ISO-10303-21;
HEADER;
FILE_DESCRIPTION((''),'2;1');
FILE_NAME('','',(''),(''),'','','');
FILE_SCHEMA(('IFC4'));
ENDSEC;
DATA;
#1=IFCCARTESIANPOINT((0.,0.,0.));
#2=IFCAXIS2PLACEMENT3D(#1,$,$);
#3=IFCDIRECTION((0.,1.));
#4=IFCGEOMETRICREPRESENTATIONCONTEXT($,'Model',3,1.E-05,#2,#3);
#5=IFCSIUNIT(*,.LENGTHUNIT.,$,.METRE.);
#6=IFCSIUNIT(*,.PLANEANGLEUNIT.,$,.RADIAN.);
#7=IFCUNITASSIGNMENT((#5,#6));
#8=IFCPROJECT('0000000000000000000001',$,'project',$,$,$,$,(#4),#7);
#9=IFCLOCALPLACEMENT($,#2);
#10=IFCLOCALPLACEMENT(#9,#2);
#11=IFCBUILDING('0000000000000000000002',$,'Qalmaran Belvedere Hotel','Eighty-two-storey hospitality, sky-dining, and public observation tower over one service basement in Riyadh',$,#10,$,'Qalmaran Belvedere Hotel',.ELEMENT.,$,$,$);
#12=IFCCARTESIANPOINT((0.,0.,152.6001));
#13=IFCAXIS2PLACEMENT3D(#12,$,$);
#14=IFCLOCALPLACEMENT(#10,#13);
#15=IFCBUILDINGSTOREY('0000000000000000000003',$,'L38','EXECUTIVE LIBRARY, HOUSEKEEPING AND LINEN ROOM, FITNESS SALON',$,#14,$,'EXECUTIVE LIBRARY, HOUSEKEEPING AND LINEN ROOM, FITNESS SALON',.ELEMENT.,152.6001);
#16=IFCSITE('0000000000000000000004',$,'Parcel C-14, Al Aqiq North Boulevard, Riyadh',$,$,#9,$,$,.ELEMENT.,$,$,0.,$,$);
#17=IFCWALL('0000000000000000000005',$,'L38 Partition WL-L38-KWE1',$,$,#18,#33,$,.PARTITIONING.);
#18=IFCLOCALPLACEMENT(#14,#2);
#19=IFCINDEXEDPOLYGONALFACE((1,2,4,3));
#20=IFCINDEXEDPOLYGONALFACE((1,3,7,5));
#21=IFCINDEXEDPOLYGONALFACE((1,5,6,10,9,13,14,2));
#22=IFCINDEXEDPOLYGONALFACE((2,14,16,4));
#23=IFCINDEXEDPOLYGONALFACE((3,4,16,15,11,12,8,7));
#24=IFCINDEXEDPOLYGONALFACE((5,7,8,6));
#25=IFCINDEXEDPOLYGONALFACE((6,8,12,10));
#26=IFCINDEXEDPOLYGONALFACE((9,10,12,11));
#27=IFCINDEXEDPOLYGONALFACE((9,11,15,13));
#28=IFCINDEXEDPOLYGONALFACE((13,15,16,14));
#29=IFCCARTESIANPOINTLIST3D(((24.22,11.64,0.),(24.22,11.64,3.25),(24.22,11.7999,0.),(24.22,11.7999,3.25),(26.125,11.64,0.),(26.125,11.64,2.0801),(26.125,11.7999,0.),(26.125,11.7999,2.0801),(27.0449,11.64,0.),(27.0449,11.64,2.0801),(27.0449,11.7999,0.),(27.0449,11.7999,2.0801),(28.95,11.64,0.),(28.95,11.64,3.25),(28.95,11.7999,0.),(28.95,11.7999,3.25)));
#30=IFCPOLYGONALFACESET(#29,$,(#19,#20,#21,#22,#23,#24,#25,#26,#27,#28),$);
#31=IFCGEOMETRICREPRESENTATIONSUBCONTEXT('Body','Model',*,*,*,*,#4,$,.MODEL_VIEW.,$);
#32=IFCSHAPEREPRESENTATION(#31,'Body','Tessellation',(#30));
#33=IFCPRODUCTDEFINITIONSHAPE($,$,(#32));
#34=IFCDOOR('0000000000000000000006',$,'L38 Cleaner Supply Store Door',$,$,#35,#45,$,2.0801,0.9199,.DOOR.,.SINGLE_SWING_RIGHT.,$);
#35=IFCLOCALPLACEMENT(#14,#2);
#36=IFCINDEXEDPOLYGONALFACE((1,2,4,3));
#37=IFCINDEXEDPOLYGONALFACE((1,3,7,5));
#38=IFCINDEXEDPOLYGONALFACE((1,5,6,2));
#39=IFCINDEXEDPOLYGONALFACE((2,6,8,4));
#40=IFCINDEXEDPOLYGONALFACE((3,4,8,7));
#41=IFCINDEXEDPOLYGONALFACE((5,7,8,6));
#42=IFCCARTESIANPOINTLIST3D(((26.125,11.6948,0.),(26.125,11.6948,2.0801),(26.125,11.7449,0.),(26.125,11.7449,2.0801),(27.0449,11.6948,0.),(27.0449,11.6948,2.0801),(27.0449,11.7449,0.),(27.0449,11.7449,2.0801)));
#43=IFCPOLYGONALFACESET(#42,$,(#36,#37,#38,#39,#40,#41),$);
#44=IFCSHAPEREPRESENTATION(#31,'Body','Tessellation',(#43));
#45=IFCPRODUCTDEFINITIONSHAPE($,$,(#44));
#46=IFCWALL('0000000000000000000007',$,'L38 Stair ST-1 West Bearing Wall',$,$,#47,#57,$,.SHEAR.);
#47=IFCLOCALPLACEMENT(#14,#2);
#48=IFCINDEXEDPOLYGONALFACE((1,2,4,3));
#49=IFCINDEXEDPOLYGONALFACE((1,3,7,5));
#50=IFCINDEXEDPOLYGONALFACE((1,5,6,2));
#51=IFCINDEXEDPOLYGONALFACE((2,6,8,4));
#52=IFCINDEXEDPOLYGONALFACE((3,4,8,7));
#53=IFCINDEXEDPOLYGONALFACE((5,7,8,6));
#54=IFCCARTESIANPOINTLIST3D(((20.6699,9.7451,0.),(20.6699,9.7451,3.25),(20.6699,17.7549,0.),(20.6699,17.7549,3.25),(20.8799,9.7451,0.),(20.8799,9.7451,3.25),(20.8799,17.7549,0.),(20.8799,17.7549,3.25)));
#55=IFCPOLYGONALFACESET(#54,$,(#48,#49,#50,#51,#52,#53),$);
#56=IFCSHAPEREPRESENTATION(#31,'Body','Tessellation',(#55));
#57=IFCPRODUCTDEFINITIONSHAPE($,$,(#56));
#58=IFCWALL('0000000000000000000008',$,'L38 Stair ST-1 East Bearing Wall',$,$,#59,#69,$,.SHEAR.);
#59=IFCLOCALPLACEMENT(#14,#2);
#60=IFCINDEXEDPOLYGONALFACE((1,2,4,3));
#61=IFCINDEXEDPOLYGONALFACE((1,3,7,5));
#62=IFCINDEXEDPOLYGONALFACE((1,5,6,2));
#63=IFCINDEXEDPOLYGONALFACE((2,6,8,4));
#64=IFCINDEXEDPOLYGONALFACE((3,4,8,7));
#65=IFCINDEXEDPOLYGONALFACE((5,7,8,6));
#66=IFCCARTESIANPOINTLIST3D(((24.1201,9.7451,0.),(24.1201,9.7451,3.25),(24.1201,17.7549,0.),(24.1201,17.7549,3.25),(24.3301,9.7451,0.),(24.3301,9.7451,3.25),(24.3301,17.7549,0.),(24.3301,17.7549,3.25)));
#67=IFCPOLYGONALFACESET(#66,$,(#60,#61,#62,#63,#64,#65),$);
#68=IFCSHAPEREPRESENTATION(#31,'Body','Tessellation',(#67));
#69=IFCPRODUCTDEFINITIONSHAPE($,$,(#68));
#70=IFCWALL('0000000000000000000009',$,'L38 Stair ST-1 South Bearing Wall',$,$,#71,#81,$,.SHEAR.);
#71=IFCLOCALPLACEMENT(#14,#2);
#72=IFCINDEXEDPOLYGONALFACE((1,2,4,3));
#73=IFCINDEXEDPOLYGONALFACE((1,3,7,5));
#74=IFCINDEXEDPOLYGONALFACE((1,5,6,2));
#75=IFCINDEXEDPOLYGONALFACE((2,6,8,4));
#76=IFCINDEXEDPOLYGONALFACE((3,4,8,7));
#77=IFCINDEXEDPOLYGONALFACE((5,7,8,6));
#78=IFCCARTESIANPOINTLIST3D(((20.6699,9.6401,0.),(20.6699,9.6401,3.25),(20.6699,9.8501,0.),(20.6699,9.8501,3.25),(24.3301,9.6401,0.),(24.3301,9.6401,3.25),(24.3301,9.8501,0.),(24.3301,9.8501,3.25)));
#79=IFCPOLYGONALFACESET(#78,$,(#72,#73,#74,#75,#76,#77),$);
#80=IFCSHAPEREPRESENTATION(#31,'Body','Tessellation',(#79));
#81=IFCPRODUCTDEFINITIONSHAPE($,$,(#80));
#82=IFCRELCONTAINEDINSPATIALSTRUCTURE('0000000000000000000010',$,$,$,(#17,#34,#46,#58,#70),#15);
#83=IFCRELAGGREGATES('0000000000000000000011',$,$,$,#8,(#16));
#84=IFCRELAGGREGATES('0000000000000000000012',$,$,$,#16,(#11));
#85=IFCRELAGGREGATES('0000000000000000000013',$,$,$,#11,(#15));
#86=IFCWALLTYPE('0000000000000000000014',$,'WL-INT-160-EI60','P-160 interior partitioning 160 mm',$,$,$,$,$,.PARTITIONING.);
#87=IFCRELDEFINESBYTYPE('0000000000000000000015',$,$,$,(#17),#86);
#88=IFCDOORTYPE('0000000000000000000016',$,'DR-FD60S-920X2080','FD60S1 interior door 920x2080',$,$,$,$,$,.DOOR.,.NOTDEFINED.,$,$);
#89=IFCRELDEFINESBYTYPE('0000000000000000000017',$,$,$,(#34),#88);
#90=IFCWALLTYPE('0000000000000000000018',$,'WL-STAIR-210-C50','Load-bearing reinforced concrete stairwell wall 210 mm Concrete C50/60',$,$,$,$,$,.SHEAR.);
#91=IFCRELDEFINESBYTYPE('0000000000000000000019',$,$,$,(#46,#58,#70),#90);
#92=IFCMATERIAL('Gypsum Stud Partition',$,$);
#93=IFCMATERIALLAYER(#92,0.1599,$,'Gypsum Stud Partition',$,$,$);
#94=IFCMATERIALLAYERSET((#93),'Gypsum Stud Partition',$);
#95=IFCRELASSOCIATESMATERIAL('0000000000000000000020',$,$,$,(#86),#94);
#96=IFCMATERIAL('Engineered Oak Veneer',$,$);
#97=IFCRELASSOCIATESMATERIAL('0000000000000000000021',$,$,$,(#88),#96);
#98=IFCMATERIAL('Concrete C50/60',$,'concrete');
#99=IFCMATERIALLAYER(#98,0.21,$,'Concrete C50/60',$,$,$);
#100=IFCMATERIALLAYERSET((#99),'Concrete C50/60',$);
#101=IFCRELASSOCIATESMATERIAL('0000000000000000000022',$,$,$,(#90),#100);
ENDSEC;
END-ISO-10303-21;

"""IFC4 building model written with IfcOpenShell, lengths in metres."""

from ifc_helpers import new_model, si_unit, direction, frame, frame_2d, origin, place, context, subcontext, project, spatial, rectangle, extrude, material, layer, layer_set, type_object, element, fill, save


model = new_model("IFC4")

# Units and contexts
model_context = context("Model", 3, precision=1e-05, world=origin(), true_north=direction((0.0, 1.0)))
body_context = subcontext(model_context, "Body", "Model", "MODEL_VIEW")
ifc_project = project(units=[si_unit("LENGTHUNIT", "METRE"), si_unit("PLANEANGLEUNIT", "RADIAN")], contexts=[model_context])

# Site, building, storey
site_placement = place(None, origin())
site = spatial("IfcSite", under=ifc_project, at=site_placement, Name="Parcel C-14, Al Aqiq North Boulevard, Riyadh", CompositionType="ELEMENT", RefElevation=0.0)
building_placement = place(site_placement, origin())
building = spatial("IfcBuilding", under=site, at=building_placement, Name="Qalmaran Belvedere Hotel", Description="Eighty-two-storey hospitality, sky-dining, and public observation tower over one service basement in Riyadh", LongName="Qalmaran Belvedere Hotel", CompositionType="ELEMENT")
storey_placement = place(building_placement, frame((0.0, 0.0, 152.6001)))
storey = spatial("IfcBuildingStorey", under=building, at=storey_placement, Name="L38", Description="EXECUTIVE LIBRARY, HOUSEKEEPING AND LINEN ROOM, FITNESS SALON", LongName="EXECUTIVE LIBRARY, HOUSEKEEPING AND LINEN ROOM, FITNESS SALON", CompositionType="ELEMENT", Elevation=152.6001)

# Shared definitions
ifc_material_1 = material(Name="Concrete C50/60", Category="concrete")

# Shared definitions
ifc_material_2 = material(Name="Gypsum Stud Partition")

# Wall, opening, door
ifc_layer_1 = layer(ifc_material_2, 0.1599, Name="Gypsum Stud Partition")
ifc_layer_set_1 = layer_set([ifc_layer_1], Name="Gypsum Stud Partition")
wall_type_1 = type_object("IfcWallType", Name="WL-INT-160-EI60", Description="P-160 interior partitioning 160 mm", PredefinedType="PARTITIONING", material=ifc_layer_set_1)
wall_1_placement = place(storey_placement, frame((24.22, 11.72, 0.0), z_axis=(0.0, 0.0, 1.0), x_axis=(1.0, 0.0, 0.0)))
wall_1 = element("IfcWall", 1, at=wall_1_placement, inside=storey, type_object=wall_type_1, Name="L38 Partition WL-L38-KWE1", PredefinedType="PARTITIONING", context=body_context, shape_type="SweptSolid", body=[
    extrude(rectangle(XDim=4.73, YDim=0.1599, at=frame_2d((2.365, 0.0))), origin(), (0.0, 0.0, 1.0), 3.25),
])
opening_1_placement = place(wall_1_placement, frame((1.905, 0.0, 0.0)))
opening_1 = element("IfcOpeningElement", 2, at=opening_1_placement, cuts=wall_1, PredefinedType="OPENING", context=body_context, shape_type="SweptSolid", body=[
    extrude(rectangle(XDim=0.9199, YDim=2.0801, at=frame_2d((0.46, 1.04))), frame((0.0, 0.0898, 0.0), z_axis=(0.0, -1.0, 0.0), x_axis=(1.0, 0.0, 0.0)), (0.0, 0.0, 1.0), 0.1799),
])
ifc_material_3 = material(Name="Engineered Oak Veneer")
door_type_1 = type_object("IfcDoorType", Name="DR-FD60S-920X2080", Description="FD60S1 interior door 920x2080", OperationType="NOTDEFINED", PredefinedType="DOOR", material=ifc_material_3)
door_1_placement = place(opening_1_placement, origin())
door_1 = element("IfcDoor", 3, at=door_1_placement, inside=storey, type_object=door_type_1, Name="L38 Cleaner Supply Store Door", OperationType="SINGLE_SWING_RIGHT", OverallHeight=2.0801, OverallWidth=0.9199, PredefinedType="DOOR", context=body_context, shape_type="SweptSolid", body=[
    extrude(rectangle(XDim=0.9199, YDim=2.0801, at=frame_2d((0.46, 1.04))), frame((0.0, 0.0249, 0.0), z_axis=(0.0, -1.0, 0.0), x_axis=(1.0, 0.0, 0.0)), (0.0, 0.0, 1.0), 0.05),
])
fill(opening_1, door_1)

# Walls
ifc_layer_2 = layer(ifc_material_1, 0.21, Name="Concrete C50/60")
ifc_layer_set_2 = layer_set([ifc_layer_2], Name="Concrete C50/60")
wall_type_2 = type_object("IfcWallType", Name="WL-STAIR-210-C50", Description="Load-bearing reinforced concrete stairwell wall 210 mm Concrete C50/60", PredefinedType="SHEAR", material=ifc_layer_set_2)
for number, where, z_axis, x_axis, name in (
    (4, (20.7749, 9.7451, 0.0), (0.0, 0.0, 1.0), (0.0, 1.0, 0.0), "L38 Stair ST-1 West Bearing Wall"),
    (5, (24.2251, 9.7451, 0.0), (0.0, 0.0, 1.0), (0.0, 1.0, 0.0), "L38 Stair ST-1 East Bearing Wall"),
):
    element("IfcWall", number, at=place(storey_placement, frame(where, z_axis=z_axis, x_axis=x_axis)), inside=storey, type_object=wall_type_2, Name=name, PredefinedType="SHEAR", context=body_context, shape_type="SweptSolid", body=[
        extrude(rectangle(XDim=8.0098, YDim=0.21, at=frame_2d((4.0049, 0.0))), origin(), (0.0, 0.0, 1.0), 3.25),
    ])
wall_2_placement = place(storey_placement, frame((20.6699, 9.7451, 0.0), z_axis=(0.0, 0.0, 1.0), x_axis=(1.0, 0.0, 0.0)))
element("IfcWall", 6, at=wall_2_placement, inside=storey, type_object=wall_type_2, Name="L38 Stair ST-1 South Bearing Wall", PredefinedType="SHEAR", context=body_context, shape_type="SweptSolid", body=[
    extrude(rectangle(XDim=3.6602, YDim=0.21, at=frame_2d((1.8301, 0.0))), origin(), (0.0, 0.0, 1.0), 3.25),
])

save(model, "model.ifc")
